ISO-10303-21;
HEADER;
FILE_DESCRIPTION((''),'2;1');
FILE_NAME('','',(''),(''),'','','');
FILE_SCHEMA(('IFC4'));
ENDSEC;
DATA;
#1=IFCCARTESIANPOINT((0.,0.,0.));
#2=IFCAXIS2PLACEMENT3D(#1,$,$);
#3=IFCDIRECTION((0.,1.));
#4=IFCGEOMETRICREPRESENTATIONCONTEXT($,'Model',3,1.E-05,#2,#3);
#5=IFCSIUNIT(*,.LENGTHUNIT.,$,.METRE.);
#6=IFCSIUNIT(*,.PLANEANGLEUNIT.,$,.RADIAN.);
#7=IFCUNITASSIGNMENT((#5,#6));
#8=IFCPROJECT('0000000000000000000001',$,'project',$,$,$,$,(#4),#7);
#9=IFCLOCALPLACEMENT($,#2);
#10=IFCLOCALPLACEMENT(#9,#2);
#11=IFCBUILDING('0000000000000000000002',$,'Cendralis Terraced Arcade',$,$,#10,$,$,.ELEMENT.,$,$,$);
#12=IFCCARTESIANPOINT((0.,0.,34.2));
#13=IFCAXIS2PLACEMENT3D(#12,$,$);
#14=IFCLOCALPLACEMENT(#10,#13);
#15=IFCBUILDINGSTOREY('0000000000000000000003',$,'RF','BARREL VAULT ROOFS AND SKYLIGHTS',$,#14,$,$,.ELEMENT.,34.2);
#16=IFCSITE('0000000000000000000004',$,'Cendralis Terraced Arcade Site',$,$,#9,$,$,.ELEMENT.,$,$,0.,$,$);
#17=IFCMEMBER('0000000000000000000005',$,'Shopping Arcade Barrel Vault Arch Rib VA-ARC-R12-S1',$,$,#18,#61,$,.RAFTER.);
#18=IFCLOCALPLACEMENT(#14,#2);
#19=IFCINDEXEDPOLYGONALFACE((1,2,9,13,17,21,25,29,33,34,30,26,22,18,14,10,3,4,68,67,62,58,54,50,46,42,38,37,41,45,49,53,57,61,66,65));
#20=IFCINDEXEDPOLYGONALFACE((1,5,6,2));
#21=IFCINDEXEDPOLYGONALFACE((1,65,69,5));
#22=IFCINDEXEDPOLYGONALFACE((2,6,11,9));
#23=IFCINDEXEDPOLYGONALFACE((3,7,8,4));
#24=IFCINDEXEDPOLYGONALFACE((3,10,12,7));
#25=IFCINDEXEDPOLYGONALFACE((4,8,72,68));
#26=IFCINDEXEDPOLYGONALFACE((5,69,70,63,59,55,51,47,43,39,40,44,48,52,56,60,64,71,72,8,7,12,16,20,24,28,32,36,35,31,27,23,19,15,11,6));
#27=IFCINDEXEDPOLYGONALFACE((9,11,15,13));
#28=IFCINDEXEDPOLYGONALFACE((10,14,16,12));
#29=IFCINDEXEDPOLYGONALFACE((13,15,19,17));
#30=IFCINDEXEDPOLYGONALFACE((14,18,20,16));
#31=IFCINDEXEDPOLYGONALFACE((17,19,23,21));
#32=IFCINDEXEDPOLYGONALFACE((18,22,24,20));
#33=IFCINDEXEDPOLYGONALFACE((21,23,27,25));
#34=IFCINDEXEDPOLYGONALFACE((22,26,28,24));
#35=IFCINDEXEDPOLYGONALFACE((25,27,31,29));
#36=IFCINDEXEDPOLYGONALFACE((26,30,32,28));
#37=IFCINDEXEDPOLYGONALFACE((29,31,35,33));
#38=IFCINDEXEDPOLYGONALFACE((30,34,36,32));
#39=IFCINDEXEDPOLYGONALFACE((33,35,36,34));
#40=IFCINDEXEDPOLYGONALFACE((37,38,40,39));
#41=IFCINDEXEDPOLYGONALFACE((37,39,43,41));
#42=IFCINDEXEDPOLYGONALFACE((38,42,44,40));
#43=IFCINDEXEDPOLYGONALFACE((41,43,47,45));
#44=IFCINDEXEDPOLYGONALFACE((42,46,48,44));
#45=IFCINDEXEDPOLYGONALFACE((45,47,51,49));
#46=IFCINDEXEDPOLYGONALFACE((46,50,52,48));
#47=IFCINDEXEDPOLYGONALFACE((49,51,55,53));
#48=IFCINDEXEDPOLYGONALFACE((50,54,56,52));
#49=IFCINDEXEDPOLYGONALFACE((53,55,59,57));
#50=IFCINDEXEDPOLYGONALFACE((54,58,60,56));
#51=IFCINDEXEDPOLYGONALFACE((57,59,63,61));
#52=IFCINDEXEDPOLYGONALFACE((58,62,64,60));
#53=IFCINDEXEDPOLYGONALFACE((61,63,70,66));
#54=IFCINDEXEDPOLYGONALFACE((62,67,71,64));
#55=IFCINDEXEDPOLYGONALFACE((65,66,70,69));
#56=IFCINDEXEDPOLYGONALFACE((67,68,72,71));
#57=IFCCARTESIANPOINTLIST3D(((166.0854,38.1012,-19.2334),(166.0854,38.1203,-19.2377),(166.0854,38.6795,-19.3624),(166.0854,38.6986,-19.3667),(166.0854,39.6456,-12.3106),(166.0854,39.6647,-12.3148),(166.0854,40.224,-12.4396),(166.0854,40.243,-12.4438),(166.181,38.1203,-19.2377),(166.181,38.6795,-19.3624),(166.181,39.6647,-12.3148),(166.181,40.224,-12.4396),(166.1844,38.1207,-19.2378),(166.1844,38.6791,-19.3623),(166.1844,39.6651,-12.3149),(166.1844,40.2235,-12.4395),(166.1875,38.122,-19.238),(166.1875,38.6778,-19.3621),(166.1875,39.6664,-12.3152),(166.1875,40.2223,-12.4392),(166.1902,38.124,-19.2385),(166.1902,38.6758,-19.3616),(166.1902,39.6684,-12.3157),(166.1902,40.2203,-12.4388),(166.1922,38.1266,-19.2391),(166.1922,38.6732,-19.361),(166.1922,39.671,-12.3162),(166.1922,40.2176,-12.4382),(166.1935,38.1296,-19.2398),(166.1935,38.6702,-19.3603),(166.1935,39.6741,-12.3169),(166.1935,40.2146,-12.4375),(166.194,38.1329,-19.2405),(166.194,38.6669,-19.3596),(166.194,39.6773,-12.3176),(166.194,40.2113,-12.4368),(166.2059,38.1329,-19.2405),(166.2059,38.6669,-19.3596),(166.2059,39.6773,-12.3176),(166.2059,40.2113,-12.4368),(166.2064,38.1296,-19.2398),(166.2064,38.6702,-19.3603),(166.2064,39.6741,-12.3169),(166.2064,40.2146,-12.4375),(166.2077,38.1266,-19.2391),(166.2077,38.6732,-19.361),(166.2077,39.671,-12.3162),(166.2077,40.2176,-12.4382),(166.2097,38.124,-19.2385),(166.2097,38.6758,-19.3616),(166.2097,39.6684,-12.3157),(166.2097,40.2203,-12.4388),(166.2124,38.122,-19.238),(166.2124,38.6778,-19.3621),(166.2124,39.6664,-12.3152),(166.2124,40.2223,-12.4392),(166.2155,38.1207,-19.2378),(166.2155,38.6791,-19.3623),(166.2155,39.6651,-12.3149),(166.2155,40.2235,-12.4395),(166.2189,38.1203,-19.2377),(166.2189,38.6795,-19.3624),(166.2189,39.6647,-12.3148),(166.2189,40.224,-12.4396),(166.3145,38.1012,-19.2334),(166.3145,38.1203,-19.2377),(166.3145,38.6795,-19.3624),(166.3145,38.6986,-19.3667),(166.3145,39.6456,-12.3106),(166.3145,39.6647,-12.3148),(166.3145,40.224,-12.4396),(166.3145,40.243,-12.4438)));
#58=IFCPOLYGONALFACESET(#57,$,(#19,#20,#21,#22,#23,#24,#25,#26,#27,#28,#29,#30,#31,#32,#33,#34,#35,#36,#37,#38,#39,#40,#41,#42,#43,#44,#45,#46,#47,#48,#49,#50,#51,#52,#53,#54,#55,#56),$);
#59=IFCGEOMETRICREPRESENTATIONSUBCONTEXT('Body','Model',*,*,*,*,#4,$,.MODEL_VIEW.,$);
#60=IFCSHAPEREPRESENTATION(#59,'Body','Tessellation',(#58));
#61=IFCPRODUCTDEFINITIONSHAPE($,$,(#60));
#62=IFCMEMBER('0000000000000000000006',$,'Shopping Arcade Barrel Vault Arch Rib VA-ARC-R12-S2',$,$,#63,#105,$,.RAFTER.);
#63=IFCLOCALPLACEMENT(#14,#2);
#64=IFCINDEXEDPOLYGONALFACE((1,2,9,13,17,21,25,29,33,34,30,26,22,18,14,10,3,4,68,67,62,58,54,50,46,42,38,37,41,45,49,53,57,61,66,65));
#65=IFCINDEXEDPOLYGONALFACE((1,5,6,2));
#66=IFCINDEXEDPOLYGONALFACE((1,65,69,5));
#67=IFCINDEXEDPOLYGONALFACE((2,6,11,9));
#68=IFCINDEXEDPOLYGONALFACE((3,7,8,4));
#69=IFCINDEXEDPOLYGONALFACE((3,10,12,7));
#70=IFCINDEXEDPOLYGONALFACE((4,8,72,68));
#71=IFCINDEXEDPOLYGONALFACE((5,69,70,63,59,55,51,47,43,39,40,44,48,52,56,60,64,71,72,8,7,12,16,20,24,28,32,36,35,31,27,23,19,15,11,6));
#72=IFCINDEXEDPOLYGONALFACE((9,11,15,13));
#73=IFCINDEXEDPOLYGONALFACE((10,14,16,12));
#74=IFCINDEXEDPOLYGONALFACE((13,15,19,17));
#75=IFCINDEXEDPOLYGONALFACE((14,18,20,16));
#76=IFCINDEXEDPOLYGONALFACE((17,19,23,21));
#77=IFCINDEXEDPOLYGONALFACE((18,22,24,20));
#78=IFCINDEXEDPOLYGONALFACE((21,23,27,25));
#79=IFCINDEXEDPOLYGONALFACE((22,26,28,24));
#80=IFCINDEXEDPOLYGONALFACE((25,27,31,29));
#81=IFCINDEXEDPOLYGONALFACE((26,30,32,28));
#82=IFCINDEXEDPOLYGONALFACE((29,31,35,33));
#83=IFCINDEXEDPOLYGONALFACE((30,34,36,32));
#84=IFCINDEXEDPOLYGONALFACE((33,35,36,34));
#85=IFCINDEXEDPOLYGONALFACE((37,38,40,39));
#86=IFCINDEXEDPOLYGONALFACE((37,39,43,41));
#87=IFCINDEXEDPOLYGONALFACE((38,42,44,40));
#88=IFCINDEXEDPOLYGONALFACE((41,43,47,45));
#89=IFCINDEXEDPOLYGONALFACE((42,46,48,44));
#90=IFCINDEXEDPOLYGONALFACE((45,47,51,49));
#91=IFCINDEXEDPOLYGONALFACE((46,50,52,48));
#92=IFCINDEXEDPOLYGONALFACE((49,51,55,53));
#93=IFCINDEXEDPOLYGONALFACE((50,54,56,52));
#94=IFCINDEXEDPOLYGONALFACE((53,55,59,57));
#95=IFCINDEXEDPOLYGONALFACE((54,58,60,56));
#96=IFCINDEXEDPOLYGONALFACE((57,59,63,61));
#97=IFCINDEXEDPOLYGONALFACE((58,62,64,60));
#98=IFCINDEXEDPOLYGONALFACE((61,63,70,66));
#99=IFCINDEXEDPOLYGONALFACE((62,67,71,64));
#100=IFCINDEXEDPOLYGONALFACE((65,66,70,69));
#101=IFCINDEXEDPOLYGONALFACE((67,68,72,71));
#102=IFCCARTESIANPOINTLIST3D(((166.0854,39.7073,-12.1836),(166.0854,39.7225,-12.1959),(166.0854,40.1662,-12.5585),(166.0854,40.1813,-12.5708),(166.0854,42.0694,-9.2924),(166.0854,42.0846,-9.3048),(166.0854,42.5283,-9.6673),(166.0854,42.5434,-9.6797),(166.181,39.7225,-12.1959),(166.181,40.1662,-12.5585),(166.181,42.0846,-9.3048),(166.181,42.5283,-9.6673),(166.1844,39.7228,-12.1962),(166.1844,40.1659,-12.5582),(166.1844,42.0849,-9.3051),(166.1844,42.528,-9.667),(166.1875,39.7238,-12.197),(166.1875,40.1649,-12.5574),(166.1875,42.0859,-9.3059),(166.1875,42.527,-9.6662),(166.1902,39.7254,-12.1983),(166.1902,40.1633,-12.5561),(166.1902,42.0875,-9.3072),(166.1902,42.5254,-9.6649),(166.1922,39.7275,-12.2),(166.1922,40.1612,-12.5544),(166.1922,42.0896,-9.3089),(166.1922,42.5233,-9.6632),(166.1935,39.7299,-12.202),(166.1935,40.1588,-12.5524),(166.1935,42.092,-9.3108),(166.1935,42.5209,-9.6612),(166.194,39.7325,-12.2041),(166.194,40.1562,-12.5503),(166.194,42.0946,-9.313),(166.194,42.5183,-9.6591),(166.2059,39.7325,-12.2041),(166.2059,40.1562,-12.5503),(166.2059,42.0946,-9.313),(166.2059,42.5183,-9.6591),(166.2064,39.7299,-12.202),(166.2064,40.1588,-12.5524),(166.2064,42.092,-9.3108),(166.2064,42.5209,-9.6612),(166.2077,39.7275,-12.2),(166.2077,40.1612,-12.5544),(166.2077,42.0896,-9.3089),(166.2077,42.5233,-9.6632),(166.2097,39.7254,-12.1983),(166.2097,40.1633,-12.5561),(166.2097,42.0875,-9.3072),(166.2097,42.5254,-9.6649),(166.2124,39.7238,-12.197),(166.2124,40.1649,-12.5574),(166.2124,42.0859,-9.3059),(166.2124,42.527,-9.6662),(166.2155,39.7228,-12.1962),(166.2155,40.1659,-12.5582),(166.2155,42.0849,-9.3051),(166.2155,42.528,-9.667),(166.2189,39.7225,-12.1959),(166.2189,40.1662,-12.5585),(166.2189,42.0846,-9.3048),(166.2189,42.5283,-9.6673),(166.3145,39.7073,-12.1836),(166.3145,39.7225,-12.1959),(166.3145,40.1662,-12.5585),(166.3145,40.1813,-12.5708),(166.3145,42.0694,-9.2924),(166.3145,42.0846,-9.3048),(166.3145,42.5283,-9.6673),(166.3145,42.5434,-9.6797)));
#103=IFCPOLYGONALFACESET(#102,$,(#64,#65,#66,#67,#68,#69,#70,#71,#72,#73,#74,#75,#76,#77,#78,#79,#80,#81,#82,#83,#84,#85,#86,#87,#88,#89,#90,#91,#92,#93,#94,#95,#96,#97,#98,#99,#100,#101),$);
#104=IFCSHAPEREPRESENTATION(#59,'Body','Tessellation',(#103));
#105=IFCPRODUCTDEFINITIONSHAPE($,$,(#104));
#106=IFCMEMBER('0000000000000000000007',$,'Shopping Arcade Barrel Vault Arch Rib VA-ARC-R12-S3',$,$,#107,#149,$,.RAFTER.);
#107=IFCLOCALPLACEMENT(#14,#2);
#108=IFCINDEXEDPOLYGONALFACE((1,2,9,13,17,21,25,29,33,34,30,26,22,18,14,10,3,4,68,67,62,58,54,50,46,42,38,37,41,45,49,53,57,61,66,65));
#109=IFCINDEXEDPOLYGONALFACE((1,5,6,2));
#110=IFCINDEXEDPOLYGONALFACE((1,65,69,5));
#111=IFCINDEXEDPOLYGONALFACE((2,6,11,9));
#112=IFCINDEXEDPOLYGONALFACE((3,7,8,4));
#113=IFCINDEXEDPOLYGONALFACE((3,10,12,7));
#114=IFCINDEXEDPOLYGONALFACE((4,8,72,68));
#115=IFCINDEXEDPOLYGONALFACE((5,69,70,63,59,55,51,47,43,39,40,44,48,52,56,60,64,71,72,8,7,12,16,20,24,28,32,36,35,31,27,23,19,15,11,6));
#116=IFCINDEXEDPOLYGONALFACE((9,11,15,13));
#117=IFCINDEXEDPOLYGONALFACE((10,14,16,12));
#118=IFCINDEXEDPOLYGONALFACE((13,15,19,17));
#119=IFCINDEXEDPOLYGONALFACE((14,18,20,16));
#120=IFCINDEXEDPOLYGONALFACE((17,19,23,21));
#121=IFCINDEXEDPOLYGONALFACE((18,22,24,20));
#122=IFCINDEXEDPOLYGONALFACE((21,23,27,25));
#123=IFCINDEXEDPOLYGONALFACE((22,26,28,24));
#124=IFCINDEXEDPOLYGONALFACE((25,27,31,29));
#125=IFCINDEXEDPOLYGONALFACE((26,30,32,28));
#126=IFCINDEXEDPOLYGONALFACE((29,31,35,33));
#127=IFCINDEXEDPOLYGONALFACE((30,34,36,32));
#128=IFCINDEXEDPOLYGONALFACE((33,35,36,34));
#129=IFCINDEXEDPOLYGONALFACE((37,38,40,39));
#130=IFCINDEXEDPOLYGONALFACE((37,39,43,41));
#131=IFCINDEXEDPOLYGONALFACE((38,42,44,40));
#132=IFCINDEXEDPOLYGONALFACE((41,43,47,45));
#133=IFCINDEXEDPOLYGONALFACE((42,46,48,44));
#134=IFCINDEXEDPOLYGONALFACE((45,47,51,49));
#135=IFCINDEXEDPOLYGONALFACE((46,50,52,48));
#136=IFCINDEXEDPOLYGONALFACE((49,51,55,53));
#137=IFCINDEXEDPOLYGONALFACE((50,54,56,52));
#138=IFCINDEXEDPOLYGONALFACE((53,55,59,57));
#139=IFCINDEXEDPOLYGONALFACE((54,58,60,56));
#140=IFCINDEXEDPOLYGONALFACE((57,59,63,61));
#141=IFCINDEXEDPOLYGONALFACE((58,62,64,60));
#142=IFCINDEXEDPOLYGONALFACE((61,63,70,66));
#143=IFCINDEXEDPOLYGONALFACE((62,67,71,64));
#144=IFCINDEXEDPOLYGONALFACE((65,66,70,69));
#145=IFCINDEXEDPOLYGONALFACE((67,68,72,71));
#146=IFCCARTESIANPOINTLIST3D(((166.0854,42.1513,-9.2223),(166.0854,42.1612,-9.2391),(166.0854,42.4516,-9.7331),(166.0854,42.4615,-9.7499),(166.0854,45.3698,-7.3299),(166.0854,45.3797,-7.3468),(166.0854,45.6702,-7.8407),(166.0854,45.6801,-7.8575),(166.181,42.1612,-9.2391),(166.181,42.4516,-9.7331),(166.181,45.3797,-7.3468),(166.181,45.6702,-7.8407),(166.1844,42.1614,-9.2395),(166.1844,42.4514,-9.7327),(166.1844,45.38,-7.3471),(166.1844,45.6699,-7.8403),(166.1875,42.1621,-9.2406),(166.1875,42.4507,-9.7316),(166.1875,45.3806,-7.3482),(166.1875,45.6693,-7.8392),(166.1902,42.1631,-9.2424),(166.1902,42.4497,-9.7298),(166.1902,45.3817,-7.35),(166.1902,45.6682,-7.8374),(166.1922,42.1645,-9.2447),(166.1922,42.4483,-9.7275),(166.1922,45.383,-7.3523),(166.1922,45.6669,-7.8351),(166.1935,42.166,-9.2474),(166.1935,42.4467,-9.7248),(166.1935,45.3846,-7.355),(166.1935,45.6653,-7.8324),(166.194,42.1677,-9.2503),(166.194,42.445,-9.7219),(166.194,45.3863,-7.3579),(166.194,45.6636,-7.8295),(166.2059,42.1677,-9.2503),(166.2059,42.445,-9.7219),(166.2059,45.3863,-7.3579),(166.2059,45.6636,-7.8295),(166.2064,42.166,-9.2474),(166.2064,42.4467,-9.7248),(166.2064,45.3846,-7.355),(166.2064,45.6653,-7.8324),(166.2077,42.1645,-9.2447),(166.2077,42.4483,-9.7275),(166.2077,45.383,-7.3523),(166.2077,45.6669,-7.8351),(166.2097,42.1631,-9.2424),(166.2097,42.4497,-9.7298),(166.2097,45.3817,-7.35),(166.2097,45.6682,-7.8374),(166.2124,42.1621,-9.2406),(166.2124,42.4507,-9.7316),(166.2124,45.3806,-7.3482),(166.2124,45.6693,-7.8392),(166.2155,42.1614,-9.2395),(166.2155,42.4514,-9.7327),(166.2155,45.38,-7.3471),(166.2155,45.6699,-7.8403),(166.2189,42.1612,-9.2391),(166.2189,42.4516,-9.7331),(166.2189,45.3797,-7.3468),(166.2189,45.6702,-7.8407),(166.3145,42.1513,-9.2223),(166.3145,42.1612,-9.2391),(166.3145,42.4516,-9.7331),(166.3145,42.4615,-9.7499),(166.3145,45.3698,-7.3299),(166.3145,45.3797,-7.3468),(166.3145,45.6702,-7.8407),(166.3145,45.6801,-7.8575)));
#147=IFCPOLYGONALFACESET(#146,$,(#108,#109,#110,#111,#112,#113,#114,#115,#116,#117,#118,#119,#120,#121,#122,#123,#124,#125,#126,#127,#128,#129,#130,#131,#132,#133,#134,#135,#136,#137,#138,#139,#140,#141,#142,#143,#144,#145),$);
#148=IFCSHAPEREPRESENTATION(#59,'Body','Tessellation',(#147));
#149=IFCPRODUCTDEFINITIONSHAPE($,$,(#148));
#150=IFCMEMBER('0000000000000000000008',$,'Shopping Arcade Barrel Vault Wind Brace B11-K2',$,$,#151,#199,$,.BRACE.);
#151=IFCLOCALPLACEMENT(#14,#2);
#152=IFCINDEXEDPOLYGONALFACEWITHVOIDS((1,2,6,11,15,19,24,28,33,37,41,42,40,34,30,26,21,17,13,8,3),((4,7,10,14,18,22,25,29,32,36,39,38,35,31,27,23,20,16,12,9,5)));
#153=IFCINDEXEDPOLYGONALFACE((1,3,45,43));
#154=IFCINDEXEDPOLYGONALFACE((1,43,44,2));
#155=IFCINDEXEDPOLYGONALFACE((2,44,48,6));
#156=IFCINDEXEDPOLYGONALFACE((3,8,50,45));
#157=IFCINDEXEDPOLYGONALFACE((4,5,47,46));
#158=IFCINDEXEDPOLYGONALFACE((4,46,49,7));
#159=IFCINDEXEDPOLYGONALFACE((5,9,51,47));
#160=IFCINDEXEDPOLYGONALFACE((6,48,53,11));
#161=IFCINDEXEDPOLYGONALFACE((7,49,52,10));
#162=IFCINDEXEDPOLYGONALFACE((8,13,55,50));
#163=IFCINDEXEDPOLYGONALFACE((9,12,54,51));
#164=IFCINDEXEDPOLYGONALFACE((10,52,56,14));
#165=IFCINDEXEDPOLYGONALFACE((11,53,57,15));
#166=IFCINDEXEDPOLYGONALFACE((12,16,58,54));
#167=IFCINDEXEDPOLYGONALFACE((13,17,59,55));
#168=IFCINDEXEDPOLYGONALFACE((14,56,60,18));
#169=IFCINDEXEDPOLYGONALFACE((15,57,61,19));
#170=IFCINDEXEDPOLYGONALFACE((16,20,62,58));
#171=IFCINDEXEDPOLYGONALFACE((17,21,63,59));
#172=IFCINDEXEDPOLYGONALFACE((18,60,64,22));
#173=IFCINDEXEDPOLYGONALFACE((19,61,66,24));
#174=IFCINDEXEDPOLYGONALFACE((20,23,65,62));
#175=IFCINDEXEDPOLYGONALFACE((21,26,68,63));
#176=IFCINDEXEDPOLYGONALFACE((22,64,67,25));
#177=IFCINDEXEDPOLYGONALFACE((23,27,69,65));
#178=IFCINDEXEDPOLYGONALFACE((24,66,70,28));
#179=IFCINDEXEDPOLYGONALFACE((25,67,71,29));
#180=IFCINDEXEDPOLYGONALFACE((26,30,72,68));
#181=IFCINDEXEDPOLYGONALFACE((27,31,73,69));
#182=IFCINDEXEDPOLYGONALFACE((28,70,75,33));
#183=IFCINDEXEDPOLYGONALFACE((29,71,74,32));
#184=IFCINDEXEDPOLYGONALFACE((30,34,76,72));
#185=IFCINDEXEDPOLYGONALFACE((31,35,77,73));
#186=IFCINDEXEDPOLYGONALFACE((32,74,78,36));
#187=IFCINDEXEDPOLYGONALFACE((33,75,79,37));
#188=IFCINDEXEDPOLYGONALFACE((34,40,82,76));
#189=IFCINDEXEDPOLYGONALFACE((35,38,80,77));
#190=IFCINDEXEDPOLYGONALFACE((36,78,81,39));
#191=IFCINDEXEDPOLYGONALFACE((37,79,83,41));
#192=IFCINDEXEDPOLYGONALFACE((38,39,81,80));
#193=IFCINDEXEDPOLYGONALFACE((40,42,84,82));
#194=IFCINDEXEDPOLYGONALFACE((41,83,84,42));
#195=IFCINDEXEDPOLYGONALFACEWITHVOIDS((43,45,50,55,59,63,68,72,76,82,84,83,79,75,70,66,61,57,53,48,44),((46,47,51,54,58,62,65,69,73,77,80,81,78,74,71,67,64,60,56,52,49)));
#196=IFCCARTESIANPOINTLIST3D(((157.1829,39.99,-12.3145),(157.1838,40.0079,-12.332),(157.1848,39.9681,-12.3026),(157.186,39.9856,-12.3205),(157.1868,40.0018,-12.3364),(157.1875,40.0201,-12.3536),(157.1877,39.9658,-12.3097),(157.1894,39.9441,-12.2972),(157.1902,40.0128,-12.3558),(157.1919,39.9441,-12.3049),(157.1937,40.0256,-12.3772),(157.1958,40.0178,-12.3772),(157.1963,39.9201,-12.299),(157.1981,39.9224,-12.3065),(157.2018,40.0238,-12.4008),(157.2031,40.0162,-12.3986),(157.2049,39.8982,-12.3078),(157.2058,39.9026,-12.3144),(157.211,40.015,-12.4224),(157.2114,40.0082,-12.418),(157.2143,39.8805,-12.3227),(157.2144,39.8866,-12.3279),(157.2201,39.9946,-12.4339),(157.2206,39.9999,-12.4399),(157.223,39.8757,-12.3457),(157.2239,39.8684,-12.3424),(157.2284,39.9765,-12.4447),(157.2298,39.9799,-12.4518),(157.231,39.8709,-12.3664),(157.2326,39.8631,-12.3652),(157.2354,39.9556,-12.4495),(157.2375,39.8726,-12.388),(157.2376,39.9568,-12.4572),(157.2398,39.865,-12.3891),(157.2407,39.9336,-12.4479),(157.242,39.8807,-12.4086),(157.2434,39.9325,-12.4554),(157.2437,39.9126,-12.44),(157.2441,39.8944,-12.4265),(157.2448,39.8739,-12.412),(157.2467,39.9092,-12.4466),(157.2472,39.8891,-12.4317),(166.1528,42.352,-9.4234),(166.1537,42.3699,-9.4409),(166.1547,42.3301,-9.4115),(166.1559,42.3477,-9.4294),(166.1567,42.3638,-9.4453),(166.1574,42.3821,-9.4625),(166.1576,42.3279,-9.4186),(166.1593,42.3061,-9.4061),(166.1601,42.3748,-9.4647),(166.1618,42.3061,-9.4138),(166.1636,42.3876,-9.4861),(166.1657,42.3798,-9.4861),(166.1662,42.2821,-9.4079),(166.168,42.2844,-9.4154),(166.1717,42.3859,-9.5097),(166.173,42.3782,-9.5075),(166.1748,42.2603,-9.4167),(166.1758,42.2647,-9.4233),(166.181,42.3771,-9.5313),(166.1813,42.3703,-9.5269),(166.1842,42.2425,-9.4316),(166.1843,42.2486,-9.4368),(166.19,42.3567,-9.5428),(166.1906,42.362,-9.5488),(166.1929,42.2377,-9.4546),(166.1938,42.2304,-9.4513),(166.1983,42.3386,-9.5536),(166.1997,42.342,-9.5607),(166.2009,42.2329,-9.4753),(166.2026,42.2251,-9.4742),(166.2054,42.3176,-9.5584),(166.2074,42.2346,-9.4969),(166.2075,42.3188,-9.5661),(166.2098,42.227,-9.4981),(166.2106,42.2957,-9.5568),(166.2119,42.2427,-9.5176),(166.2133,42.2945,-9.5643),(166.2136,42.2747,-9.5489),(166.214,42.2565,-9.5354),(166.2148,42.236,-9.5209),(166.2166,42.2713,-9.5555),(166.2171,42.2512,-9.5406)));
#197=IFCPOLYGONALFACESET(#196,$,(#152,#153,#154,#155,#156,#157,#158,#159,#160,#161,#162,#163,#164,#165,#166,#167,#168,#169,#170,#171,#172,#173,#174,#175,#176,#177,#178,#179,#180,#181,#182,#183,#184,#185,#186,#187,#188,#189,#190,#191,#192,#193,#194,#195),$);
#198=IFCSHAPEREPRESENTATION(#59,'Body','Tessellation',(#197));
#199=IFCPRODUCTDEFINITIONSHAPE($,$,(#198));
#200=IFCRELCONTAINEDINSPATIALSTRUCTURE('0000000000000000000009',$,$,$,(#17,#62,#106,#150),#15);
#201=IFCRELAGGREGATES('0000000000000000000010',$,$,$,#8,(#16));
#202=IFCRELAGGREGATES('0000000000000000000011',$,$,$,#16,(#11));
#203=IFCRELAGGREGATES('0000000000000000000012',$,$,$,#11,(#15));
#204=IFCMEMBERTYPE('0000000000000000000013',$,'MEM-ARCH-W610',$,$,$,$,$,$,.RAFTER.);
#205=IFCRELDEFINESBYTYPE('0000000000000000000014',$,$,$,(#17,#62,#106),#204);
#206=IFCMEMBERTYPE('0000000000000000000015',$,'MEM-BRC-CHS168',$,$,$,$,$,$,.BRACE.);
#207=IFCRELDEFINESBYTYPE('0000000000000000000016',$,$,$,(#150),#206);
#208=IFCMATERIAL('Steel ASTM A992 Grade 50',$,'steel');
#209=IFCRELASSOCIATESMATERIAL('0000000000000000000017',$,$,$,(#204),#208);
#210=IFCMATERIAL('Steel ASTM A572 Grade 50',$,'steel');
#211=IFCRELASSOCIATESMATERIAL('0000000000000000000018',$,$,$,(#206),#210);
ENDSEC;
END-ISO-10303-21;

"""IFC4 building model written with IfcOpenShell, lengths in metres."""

from ifc_helpers import new_model, si_unit, direction, frame, origin, origin_2d, place, context, subcontext, project, spatial, hollow_circle, i_section, extrude, material, material_profile, profile_set, type_object, element, save


model = new_model("IFC4")

# Units and contexts
model_context = context("Model", 3, precision=1e-05, world=origin(), true_north=direction((0.0, 1.0)))
body_context = subcontext(model_context, "Body", "Model", "MODEL_VIEW")
ifc_project = project(units=[si_unit("LENGTHUNIT", "METRE"), si_unit("PLANEANGLEUNIT", "RADIAN")], contexts=[model_context])

# Site, building, storey
site_placement = place(None, origin())
site = spatial("IfcSite", under=ifc_project, at=site_placement, Name="Cendralis Terraced Arcade Site", CompositionType="ELEMENT", RefElevation=0.0)
building_placement = place(site_placement, origin())
building = spatial("IfcBuilding", under=site, at=building_placement, Name="Cendralis Terraced Arcade", CompositionType="ELEMENT")
storey_placement = place(building_placement, frame((0.0, 0.0, 34.2)))
storey = spatial("IfcBuildingStorey", under=building, at=storey_placement, Name="RF", Description="BARREL VAULT ROOFS AND SKYLIGHTS", CompositionType="ELEMENT", Elevation=34.2)

# Members
ifc_material_1 = material(Name="Steel ASTM A992 Grade 50", Category="steel")
ifc_material_profile_1 = material_profile(ifc_material_1, i_section(OverallWidth=0.229, OverallDepth=0.6121, WebThickness=0.012, FlangeThickness=0.0195, FilletRadius=0.0129, at=origin_2d()), Name="W610X125", Category="LoadBearing")
ifc_profile_set_1 = profile_set([ifc_material_profile_1], Name="Steel ASTM A992 Grade 50")
member_type_1 = type_object("IfcMemberType", Name="MEM-ARCH-W610", PredefinedType="RAFTER", material=ifc_profile_set_1)
member_1_placement = place(storey_placement, frame((166.2, 38.3999, -19.3), z_axis=(0.0, 0.217739, 0.976007), x_axis=(-1.0, 0.0, 0.0)))
element("IfcMember", 1, at=member_1_placement, inside=storey, type_object=member_type_1, Name="Shopping Arcade Barrel Vault Arch Rib VA-ARC-R12-S1", PredefinedType="RAFTER", context=body_context, shape_type="SweptSolid", body=[
    extrude(i_section(OverallWidth=0.229, OverallDepth=0.6121, WebThickness=0.012, FlangeThickness=0.0195, FilletRadius=0.0129, at=origin_2d()), origin(), (0.0, 0.0, 1.0), 7.093),
])
member_2_placement = place(storey_placement, frame((166.2, 39.9443, -12.3772), z_axis=(0.0, 0.632693, 0.774403), x_axis=(-1.0, 0.0, 0.0)))
element("IfcMember", 2, at=member_2_placement, inside=storey, type_object=member_type_1, Name="Shopping Arcade Barrel Vault Arch Rib VA-ARC-R12-S2", PredefinedType="RAFTER", context=body_context, shape_type="SweptSolid", body=[
    extrude(i_section(OverallWidth=0.229, OverallDepth=0.6121, WebThickness=0.012, FlangeThickness=0.0195, FilletRadius=0.0129, at=origin_2d()), origin(), (0.0, 0.0, 1.0), 3.7334),
])
member_3_placement = place(storey_placement, frame((166.2, 42.3064, -9.4861), z_axis=(0.0, 0.86204, 0.50684), x_axis=(-1.0, 0.0, 0.0)))
element("IfcMember", 3, at=member_3_placement, inside=storey, type_object=member_type_1, Name="Shopping Arcade Barrel Vault Arch Rib VA-ARC-R12-S3", PredefinedType="RAFTER", context=body_context, shape_type="SweptSolid", body=[
    extrude(i_section(OverallWidth=0.229, OverallDepth=0.6121, WebThickness=0.012, FlangeThickness=0.0195, FilletRadius=0.0129, at=origin_2d()), origin(), (0.0, 0.0, 1.0), 3.7336),
])
ifc_material_2 = material(Name="Steel ASTM A572 Grade 50", Category="steel")
ifc_material_profile_2 = material_profile(ifc_material_2, hollow_circle(Radius=0.084, WallThickness=0.0081, at=origin_2d()), Name="CHS168X8", Category="LoadBearing")
ifc_profile_set_2 = profile_set([ifc_material_profile_2], Name="Steel ASTM A572 Grade 50")
member_type_2 = type_object("IfcMemberType", Name="MEM-BRC-CHS168", PredefinedType="BRACE", material=ifc_profile_set_2)
member_4_placement = place(storey_placement, frame((157.2151, 39.9443, -12.3772), z_axis=(0.923228, 0.243114, 0.297566), x_axis=(-0.254649, 0.967034, 0.0)))
element("IfcMember", 4, at=member_4_placement, inside=storey, type_object=member_type_2, Name="Shopping Arcade Barrel Vault Wind Brace B11-K2", PredefinedType="BRACE", context=body_context, shape_type="SweptSolid", body=[
    extrude(hollow_circle(Radius=0.084, WallThickness=0.0081, at=origin_2d()), origin(), (0.0, 0.0, 1.0), 9.7158),
])

save(model, "model.ifc")
